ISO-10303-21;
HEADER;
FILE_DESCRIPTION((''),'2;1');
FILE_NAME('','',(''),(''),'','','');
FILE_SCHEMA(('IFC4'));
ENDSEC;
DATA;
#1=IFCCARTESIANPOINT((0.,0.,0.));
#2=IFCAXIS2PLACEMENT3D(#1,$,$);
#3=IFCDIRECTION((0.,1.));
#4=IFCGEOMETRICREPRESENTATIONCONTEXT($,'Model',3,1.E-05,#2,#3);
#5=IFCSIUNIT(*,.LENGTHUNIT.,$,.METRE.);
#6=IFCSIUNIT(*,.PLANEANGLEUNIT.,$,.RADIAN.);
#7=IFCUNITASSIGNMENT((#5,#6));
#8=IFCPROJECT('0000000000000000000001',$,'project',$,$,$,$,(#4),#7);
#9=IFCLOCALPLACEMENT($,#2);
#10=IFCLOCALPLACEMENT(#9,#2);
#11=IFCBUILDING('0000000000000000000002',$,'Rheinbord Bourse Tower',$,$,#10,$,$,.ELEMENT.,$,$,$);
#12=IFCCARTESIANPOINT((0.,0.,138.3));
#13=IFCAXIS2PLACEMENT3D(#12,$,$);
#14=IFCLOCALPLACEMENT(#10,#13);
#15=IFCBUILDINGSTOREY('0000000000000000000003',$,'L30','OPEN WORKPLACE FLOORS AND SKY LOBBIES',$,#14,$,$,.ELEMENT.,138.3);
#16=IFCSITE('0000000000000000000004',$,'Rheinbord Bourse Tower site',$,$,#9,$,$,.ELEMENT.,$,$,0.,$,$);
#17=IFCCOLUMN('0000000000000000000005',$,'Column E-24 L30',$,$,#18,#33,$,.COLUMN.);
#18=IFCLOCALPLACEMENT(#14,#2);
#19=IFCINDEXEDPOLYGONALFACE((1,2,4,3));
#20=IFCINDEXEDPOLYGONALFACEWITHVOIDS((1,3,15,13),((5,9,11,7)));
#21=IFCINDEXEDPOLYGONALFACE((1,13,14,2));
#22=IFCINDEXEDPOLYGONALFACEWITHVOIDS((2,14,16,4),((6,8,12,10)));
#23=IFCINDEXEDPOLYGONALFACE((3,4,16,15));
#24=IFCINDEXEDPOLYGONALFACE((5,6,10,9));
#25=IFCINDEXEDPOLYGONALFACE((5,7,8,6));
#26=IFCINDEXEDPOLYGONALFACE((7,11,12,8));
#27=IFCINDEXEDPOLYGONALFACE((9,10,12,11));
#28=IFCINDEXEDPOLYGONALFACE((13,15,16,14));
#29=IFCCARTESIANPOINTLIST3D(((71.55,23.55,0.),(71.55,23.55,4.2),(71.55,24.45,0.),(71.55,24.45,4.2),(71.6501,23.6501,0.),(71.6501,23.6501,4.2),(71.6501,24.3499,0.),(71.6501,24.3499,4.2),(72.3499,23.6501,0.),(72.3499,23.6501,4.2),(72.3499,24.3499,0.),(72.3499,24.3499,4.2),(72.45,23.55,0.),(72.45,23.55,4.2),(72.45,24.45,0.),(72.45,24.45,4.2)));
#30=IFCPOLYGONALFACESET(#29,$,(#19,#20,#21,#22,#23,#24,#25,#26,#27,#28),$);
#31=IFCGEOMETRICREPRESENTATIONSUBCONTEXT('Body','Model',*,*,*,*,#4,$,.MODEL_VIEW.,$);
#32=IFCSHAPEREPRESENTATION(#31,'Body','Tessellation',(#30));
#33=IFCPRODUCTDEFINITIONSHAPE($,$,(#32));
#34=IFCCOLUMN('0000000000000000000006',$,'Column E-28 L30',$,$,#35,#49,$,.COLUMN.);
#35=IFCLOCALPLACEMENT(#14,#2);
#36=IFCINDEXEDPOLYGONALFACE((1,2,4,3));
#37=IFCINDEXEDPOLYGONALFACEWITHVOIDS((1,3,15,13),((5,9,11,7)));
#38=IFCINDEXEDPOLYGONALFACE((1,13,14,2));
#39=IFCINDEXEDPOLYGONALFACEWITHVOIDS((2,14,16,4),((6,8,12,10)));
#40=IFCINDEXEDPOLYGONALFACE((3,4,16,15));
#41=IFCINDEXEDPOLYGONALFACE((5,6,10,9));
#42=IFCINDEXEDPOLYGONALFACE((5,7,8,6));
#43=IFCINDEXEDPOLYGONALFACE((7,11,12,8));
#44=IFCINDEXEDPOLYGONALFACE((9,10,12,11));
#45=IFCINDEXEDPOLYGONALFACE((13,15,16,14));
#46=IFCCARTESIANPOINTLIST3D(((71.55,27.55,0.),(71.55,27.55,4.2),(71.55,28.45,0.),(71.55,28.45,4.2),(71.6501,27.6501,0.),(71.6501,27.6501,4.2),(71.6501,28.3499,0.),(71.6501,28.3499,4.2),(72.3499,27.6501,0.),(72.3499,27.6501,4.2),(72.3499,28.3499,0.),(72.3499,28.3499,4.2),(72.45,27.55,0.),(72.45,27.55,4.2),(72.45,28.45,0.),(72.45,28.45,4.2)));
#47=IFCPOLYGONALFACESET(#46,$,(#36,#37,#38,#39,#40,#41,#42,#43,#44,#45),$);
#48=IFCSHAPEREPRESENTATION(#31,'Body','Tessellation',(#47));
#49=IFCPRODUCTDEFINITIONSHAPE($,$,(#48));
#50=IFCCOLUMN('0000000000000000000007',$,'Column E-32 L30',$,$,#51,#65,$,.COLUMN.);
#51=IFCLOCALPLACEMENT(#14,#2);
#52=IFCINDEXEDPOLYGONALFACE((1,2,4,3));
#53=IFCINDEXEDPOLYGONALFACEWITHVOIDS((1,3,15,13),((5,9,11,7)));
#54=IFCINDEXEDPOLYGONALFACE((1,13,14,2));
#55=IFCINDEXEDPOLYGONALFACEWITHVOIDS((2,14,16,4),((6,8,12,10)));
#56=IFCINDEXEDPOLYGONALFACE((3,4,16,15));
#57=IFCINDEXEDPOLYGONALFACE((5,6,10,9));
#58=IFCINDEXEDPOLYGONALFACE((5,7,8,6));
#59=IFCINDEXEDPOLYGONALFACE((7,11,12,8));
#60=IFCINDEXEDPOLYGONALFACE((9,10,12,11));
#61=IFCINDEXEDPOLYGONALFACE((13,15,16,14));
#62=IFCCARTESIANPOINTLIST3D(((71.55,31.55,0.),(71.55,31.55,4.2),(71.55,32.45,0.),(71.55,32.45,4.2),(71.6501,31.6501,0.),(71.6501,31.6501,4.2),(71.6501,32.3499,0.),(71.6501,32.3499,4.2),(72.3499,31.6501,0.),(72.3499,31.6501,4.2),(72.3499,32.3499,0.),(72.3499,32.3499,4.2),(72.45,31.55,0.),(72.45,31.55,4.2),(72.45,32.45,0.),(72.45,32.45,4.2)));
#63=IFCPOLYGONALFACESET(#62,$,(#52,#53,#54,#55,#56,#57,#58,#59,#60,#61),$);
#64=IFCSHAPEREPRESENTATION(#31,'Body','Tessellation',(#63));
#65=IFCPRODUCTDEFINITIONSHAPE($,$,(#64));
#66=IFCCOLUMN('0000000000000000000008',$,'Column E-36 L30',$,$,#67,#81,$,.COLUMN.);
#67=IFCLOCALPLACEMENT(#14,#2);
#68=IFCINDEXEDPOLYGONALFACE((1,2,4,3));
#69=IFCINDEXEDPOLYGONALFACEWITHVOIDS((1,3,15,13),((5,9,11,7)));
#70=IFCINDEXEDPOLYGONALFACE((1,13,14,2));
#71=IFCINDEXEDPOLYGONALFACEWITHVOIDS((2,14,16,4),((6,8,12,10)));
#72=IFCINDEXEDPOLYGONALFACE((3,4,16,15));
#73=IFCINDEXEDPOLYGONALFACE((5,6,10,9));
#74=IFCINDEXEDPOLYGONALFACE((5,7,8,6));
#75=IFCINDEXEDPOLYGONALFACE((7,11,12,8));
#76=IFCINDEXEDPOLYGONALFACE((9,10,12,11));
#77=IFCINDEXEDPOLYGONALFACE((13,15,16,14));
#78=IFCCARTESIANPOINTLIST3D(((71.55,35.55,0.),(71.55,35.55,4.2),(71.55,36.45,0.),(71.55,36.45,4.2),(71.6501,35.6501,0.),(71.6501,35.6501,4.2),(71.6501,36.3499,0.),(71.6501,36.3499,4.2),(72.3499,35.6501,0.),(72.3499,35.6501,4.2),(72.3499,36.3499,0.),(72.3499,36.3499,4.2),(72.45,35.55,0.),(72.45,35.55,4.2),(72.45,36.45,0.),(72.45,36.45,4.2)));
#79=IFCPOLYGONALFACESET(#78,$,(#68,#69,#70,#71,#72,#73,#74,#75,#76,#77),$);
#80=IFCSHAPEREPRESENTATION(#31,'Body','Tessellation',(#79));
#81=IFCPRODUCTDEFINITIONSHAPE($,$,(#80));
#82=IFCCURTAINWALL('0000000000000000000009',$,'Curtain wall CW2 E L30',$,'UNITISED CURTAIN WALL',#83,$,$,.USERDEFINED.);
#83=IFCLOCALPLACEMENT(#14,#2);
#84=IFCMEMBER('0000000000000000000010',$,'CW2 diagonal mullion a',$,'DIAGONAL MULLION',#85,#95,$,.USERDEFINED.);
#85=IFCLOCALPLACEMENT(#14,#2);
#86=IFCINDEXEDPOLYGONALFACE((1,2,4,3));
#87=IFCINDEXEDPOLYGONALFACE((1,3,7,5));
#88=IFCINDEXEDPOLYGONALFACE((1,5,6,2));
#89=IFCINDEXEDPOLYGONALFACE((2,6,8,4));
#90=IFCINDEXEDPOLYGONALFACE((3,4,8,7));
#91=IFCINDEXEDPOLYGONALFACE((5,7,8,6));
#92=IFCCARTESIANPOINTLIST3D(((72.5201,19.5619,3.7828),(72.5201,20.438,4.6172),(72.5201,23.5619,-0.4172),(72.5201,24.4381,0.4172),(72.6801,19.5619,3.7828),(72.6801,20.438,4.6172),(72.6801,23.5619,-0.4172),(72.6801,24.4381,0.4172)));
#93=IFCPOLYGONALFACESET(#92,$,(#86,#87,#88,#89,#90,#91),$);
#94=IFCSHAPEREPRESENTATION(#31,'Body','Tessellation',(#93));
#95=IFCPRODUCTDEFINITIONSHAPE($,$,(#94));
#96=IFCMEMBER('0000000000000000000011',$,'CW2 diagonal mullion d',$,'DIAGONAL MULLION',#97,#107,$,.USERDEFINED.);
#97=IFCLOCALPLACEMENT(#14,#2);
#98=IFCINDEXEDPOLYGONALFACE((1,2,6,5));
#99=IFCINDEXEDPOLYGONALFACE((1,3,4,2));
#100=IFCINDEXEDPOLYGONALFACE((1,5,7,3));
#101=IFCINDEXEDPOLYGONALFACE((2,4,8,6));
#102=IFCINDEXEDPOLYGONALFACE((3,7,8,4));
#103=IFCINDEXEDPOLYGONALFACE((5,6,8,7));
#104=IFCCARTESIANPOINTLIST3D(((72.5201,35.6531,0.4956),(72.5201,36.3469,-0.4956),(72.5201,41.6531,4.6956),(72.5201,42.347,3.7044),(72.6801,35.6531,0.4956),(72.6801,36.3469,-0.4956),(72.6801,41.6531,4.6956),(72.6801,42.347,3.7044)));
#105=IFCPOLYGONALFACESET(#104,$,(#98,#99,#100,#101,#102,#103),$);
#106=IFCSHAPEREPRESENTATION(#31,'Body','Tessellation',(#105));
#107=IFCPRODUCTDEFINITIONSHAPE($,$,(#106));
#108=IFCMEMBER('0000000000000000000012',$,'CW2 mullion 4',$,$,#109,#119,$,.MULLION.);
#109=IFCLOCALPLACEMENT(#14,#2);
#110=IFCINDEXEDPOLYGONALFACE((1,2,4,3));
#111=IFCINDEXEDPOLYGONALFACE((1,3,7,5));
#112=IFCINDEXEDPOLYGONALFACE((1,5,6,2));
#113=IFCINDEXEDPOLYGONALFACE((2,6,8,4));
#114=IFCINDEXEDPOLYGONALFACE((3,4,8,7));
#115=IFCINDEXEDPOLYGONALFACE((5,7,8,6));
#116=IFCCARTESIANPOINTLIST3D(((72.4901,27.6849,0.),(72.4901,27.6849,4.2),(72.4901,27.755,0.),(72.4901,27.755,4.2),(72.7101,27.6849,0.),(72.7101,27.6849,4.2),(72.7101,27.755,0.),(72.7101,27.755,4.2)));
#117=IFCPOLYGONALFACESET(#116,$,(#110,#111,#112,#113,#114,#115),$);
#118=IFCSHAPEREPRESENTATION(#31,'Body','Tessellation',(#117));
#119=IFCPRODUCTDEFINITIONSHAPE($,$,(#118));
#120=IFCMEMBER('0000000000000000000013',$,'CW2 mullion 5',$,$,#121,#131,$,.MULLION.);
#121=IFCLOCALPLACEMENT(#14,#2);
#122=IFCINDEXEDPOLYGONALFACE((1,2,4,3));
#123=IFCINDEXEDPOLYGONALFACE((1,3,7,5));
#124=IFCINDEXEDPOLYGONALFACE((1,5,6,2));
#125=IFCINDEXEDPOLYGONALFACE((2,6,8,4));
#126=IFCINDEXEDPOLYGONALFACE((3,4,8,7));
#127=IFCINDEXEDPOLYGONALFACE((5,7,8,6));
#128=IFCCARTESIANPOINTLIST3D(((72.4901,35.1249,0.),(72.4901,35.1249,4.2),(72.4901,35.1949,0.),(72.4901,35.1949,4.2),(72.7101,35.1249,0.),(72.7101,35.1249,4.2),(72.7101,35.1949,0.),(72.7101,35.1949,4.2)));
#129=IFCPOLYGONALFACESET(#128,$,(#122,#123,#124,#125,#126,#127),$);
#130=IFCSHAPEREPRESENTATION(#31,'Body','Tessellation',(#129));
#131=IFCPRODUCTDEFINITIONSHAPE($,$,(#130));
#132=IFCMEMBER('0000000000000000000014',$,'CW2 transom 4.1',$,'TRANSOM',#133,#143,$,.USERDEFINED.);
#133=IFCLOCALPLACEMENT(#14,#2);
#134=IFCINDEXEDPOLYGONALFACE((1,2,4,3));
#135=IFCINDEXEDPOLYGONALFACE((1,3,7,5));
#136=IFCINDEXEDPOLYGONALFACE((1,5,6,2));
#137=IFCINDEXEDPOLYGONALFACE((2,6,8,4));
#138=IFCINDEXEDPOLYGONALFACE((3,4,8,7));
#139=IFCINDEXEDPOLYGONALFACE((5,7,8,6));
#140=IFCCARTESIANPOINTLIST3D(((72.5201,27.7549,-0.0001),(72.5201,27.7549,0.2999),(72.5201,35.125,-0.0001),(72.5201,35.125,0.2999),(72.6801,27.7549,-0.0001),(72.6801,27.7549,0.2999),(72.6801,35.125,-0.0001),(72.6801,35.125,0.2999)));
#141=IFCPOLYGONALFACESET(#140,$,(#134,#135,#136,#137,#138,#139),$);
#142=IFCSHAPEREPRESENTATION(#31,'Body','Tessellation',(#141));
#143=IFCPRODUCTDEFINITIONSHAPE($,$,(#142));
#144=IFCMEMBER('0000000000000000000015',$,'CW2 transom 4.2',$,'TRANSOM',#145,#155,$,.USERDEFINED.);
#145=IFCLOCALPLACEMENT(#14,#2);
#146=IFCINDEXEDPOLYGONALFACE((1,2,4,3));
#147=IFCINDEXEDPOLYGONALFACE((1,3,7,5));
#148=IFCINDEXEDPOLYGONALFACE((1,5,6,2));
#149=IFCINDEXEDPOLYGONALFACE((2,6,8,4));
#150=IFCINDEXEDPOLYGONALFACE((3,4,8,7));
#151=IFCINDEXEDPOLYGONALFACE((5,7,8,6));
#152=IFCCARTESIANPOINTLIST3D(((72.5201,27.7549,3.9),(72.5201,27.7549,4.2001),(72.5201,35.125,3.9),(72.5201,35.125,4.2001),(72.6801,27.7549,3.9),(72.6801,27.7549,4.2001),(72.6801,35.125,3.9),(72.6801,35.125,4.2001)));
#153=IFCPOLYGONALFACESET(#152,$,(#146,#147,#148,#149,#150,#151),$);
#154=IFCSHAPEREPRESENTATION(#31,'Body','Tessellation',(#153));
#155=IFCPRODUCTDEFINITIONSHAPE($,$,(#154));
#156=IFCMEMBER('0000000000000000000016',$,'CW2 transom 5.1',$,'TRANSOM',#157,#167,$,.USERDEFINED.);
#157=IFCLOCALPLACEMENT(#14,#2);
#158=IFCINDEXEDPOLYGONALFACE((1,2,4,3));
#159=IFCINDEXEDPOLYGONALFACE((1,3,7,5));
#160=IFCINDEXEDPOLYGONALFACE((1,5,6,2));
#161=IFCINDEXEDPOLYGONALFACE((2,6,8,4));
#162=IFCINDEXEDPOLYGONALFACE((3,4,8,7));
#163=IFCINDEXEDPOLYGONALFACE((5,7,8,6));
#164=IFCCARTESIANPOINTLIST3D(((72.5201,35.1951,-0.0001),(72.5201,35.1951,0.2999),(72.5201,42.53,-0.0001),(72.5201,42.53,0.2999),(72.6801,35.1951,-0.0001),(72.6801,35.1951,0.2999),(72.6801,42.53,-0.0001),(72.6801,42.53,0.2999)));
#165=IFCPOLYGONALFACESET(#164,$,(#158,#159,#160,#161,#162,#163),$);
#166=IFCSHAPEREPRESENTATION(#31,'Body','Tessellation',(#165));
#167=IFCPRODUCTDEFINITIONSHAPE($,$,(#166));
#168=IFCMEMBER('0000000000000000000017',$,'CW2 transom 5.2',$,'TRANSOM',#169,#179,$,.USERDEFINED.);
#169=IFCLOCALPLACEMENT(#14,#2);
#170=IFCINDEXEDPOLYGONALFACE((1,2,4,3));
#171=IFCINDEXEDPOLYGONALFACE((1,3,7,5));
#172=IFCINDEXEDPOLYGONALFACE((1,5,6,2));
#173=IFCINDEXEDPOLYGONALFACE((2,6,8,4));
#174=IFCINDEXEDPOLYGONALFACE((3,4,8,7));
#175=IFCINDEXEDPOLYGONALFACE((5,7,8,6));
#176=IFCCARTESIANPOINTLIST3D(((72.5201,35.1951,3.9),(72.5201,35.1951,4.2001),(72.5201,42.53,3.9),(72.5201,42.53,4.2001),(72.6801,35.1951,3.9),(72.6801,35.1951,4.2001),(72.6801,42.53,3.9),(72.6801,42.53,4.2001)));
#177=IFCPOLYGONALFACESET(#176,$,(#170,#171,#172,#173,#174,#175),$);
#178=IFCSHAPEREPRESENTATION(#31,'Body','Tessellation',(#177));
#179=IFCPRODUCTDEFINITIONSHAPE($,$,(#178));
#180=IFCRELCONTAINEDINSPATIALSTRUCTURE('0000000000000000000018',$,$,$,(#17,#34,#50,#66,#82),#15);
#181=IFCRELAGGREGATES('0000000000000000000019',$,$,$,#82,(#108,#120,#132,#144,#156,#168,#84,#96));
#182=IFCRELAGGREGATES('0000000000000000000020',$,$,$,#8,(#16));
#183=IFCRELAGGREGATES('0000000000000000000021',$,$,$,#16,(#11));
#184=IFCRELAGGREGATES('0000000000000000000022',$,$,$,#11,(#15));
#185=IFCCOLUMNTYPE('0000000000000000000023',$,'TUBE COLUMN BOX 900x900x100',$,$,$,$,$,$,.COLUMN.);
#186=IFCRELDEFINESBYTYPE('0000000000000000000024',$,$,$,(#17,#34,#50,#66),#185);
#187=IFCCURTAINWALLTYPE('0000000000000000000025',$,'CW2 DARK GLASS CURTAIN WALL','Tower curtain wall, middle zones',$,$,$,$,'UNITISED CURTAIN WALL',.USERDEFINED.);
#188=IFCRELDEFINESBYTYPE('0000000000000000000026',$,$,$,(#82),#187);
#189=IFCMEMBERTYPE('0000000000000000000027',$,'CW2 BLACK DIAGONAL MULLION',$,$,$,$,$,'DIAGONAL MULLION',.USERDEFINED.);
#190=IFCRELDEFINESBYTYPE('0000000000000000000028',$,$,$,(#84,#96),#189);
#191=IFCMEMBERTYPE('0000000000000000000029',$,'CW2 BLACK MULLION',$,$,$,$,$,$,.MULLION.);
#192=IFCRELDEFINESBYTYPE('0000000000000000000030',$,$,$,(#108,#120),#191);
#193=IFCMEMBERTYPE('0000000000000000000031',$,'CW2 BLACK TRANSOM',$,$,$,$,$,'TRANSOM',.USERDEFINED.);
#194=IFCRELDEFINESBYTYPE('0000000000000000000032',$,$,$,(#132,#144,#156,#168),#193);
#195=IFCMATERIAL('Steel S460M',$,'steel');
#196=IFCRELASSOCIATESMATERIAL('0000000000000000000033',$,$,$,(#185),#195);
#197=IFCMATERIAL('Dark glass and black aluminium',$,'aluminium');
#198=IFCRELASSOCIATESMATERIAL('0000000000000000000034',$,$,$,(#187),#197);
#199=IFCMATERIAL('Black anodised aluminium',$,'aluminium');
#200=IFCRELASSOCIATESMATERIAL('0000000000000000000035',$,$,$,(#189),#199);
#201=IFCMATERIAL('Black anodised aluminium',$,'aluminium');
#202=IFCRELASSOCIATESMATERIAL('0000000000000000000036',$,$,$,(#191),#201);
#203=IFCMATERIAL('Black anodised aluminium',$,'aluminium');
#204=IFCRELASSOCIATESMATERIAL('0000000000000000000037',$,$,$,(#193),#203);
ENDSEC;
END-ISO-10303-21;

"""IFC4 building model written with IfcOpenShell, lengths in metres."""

from ifc_helpers import new_model, si_unit, direction, frame, origin, origin_2d, place, context, subcontext, project, spatial, rectangle, hollow_rectangle, extrude, material, material_profile, profile_set, type_object, element, aggregate, save


model = new_model("IFC4")

# Units and contexts
model_context = context("Model", 3, precision=1e-05, world=origin(), true_north=direction((0.0, 1.0)))
body_context = subcontext(model_context, "Body", "Model", "MODEL_VIEW")
ifc_project = project(units=[si_unit("LENGTHUNIT", "METRE"), si_unit("PLANEANGLEUNIT", "RADIAN")], contexts=[model_context])

# Site, building, storey
site_placement = place(None, origin())
site = spatial("IfcSite", under=ifc_project, at=site_placement, Name="Rheinbord Bourse Tower site", CompositionType="ELEMENT", RefElevation=0.0)
building_placement = place(site_placement, origin())
building = spatial("IfcBuilding", under=site, at=building_placement, Name="Rheinbord Bourse Tower", CompositionType="ELEMENT")
storey_placement = place(building_placement, frame((0.0, 0.0, 138.3)))
storey = spatial("IfcBuildingStorey", under=building, at=storey_placement, Name="L30", Description="OPEN WORKPLACE FLOORS AND SKY LOBBIES", CompositionType="ELEMENT", Elevation=138.3)

# Columns
ifc_material_1 = material(Name="Steel S460M", Category="steel")
ifc_material_profile_1 = material_profile(ifc_material_1, hollow_rectangle(XDim=0.8999, YDim=0.8999, WallThickness=0.1001, at=origin_2d()), Name="BOX 900x900x100")
ifc_profile_set_1 = profile_set([ifc_material_profile_1], Name="Steel S460M")
column_type = type_object("IfcColumnType", Name="TUBE COLUMN BOX 900x900x100", PredefinedType="COLUMN", material=ifc_profile_set_1)
for number, where, z_axis, x_axis, name in (
    (1, (72.0, 24.0, 0.0), (0.0, 0.0, 1.0), (1.0, 0.0, 0.0), "Column E-24 L30"),
    (2, (72.0, 28.0, 0.0), (0.0, 0.0, 1.0), (1.0, 0.0, 0.0), "Column E-28 L30"),
    (3, (72.0, 32.0, 0.0), (0.0, 0.0, 1.0), (1.0, 0.0, 0.0), "Column E-32 L30"),
    (4, (72.0, 36.0, 0.0), (0.0, 0.0, 1.0), (1.0, 0.0, 0.0), "Column E-36 L30"),
):
    element("IfcColumn", number, at=place(storey_placement, frame(where, z_axis=z_axis, x_axis=x_axis)), inside=storey, type_object=column_type, Name=name, PredefinedType="COLUMN", context=body_context, shape_type="SweptSolid", body=[
        extrude(hollow_rectangle(XDim=0.8999, YDim=0.8999, WallThickness=0.1001, at=origin_2d()), origin(), (0.0, 0.0, 1.0), 4.2),
    ])

# Curtain wall, members
ifc_material_2 = material(Name="Dark glass and black aluminium", Category="aluminium")
curtain_wall_type = type_object("IfcCurtainWallType", Name="CW2 DARK GLASS CURTAIN WALL", Description="Tower curtain wall, middle zones", ElementType="UNITISED CURTAIN WALL", PredefinedType="USERDEFINED", material=ifc_material_2)
curtain_wall_placement = place(storey_placement, origin())
curtain_wall = element("IfcCurtainWall", 5, at=curtain_wall_placement, inside=storey, type_object=curtain_wall_type, Name="Curtain wall CW2 E L30", ObjectType="UNITISED CURTAIN WALL", PredefinedType="USERDEFINED")
ifc_material_3 = material(Name="Black anodised aluminium", Category="aluminium")
ifc_material_profile_2 = material_profile(ifc_material_3, rectangle(XDim=0.1599, YDim=1.21, at=origin_2d()), Name="CW2 DIAGONAL MULLION 1210x160")
ifc_profile_set_2 = profile_set([ifc_material_profile_2], Name="Black anodised aluminium")
member_type_1 = type_object("IfcMemberType", Name="CW2 BLACK DIAGONAL MULLION", ElementType="DIAGONAL MULLION", PredefinedType="USERDEFINED", material=ifc_profile_set_2)
member_1_placement = place(storey_placement, frame((72.6001, 24.0, 0.0), z_axis=(0.0, -0.689659, 0.724134), x_axis=(1.0, 0.0, 0.0)))
member_1 = element("IfcMember", 6, at=member_1_placement, type_object=member_type_1, Name="CW2 diagonal mullion a", ObjectType="DIAGONAL MULLION", PredefinedType="USERDEFINED", context=body_context, shape_type="SweptSolid", body=[
    extrude(rectangle(XDim=0.1599, YDim=1.21, at=origin_2d()), origin(), (0.0, 0.0, 1.0), 5.8),
])
member_2_placement = place(storey_placement, frame((72.6001, 36.0, 0.0), z_axis=(0.0, 0.819235, 0.573458), x_axis=(-1.0, 0.0, 0.0)))
member_2 = element("IfcMember", 7, at=member_2_placement, type_object=member_type_1, Name="CW2 diagonal mullion d", ObjectType="DIAGONAL MULLION", PredefinedType="USERDEFINED", context=body_context, shape_type="SweptSolid", body=[
    extrude(rectangle(XDim=0.1599, YDim=1.21, at=origin_2d()), origin(), (0.0, 0.0, 1.0), 7.324),
])
ifc_material_4 = material(Name="Black anodised aluminium", Category="aluminium")
ifc_material_profile_3 = material_profile(ifc_material_4, rectangle(XDim=0.22, YDim=0.0701, at=origin_2d()), Name="CW2 MULLION 70x220")
ifc_profile_set_3 = profile_set([ifc_material_profile_3], Name="Black anodised aluminium")
member_type_2 = type_object("IfcMemberType", Name="CW2 BLACK MULLION", PredefinedType="MULLION", material=ifc_profile_set_3)
member_3_placement = place(storey_placement, frame((72.6001, 27.72, 0.0), z_axis=(0.0, 0.0, 1.0), x_axis=(-1.0, 0.0, 0.0)))
member_3 = element("IfcMember", 8, at=member_3_placement, type_object=member_type_2, Name="CW2 mullion 4", PredefinedType="MULLION", context=body_context, shape_type="SweptSolid", body=[
    extrude(rectangle(XDim=0.22, YDim=0.0701, at=origin_2d()), origin(), (0.0, 0.0, 1.0), 4.2),
])
member_4_placement = place(storey_placement, frame((72.6001, 35.1599, 0.0), z_axis=(0.0, 0.0, 1.0), x_axis=(-1.0, 0.0, 0.0)))
member_4 = element("IfcMember", 9, at=member_4_placement, type_object=member_type_2, Name="CW2 mullion 5", PredefinedType="MULLION", context=body_context, shape_type="SweptSolid", body=[
    extrude(rectangle(XDim=0.22, YDim=0.0701, at=origin_2d()), origin(), (0.0, 0.0, 1.0), 4.2),
])
ifc_material_5 = material(Name="Black anodised aluminium", Category="aluminium")
ifc_material_profile_4 = material_profile(ifc_material_5, rectangle(XDim=0.1599, YDim=0.3, at=origin_2d()), Name="CW2 TRANSOM 300x160")
ifc_profile_set_4 = profile_set([ifc_material_profile_4], Name="Black anodised aluminium")
member_type_3 = type_object("IfcMemberType", Name="CW2 BLACK TRANSOM", ElementType="TRANSOM", PredefinedType="USERDEFINED", material=ifc_profile_set_4)
member_5_placement = place(storey_placement, frame((72.6001, 27.7549, 0.1499), z_axis=(0.0, 1.0, 0.0), x_axis=(-1.0, 0.0, 0.0)))
member_5 = element("IfcMember", 10, at=member_5_placement, type_object=member_type_3, Name="CW2 transom 4.1", ObjectType="TRANSOM", PredefinedType="USERDEFINED", context=body_context, shape_type="SweptSolid", body=[
    extrude(rectangle(XDim=0.1599, YDim=0.3, at=origin_2d()), origin(), (0.0, 0.0, 1.0), 7.3701),
])
member_6_placement = place(storey_placement, frame((72.6001, 27.7549, 4.05), z_axis=(0.0, 1.0, 0.0), x_axis=(-1.0, 0.0, 0.0)))
member_6 = element("IfcMember", 11, at=member_6_placement, type_object=member_type_3, Name="CW2 transom 4.2", ObjectType="TRANSOM", PredefinedType="USERDEFINED", context=body_context, shape_type="SweptSolid", body=[
    extrude(rectangle(XDim=0.1599, YDim=0.3, at=origin_2d()), origin(), (0.0, 0.0, 1.0), 7.3701),
])
member_7_placement = place(storey_placement, frame((72.6001, 35.1951, 0.1499), z_axis=(0.0, 1.0, 0.0), x_axis=(-1.0, 0.0, 0.0)))
member_7 = element("IfcMember", 12, at=member_7_placement, type_object=member_type_3, Name="CW2 transom 5.1", ObjectType="TRANSOM", PredefinedType="USERDEFINED", context=body_context, shape_type="SweptSolid", body=[
    extrude(rectangle(XDim=0.1599, YDim=0.3, at=origin_2d()), origin(), (0.0, 0.0, 1.0), 7.335),
])
member_8_placement = place(storey_placement, frame((72.6001, 35.1951, 4.05), z_axis=(0.0, 1.0, 0.0), x_axis=(-1.0, 0.0, 0.0)))
member_8 = element("IfcMember", 13, at=member_8_placement, type_object=member_type_3, Name="CW2 transom 5.2", ObjectType="TRANSOM", PredefinedType="USERDEFINED", context=body_context, shape_type="SweptSolid", body=[
    extrude(rectangle(XDim=0.1599, YDim=0.3, at=origin_2d()), origin(), (0.0, 0.0, 1.0), 7.335),
])

aggregate(curtain_wall, [member_3, member_4, member_5, member_6, member_7, member_8, member_1, member_2])

save(model, "model.ifc")
